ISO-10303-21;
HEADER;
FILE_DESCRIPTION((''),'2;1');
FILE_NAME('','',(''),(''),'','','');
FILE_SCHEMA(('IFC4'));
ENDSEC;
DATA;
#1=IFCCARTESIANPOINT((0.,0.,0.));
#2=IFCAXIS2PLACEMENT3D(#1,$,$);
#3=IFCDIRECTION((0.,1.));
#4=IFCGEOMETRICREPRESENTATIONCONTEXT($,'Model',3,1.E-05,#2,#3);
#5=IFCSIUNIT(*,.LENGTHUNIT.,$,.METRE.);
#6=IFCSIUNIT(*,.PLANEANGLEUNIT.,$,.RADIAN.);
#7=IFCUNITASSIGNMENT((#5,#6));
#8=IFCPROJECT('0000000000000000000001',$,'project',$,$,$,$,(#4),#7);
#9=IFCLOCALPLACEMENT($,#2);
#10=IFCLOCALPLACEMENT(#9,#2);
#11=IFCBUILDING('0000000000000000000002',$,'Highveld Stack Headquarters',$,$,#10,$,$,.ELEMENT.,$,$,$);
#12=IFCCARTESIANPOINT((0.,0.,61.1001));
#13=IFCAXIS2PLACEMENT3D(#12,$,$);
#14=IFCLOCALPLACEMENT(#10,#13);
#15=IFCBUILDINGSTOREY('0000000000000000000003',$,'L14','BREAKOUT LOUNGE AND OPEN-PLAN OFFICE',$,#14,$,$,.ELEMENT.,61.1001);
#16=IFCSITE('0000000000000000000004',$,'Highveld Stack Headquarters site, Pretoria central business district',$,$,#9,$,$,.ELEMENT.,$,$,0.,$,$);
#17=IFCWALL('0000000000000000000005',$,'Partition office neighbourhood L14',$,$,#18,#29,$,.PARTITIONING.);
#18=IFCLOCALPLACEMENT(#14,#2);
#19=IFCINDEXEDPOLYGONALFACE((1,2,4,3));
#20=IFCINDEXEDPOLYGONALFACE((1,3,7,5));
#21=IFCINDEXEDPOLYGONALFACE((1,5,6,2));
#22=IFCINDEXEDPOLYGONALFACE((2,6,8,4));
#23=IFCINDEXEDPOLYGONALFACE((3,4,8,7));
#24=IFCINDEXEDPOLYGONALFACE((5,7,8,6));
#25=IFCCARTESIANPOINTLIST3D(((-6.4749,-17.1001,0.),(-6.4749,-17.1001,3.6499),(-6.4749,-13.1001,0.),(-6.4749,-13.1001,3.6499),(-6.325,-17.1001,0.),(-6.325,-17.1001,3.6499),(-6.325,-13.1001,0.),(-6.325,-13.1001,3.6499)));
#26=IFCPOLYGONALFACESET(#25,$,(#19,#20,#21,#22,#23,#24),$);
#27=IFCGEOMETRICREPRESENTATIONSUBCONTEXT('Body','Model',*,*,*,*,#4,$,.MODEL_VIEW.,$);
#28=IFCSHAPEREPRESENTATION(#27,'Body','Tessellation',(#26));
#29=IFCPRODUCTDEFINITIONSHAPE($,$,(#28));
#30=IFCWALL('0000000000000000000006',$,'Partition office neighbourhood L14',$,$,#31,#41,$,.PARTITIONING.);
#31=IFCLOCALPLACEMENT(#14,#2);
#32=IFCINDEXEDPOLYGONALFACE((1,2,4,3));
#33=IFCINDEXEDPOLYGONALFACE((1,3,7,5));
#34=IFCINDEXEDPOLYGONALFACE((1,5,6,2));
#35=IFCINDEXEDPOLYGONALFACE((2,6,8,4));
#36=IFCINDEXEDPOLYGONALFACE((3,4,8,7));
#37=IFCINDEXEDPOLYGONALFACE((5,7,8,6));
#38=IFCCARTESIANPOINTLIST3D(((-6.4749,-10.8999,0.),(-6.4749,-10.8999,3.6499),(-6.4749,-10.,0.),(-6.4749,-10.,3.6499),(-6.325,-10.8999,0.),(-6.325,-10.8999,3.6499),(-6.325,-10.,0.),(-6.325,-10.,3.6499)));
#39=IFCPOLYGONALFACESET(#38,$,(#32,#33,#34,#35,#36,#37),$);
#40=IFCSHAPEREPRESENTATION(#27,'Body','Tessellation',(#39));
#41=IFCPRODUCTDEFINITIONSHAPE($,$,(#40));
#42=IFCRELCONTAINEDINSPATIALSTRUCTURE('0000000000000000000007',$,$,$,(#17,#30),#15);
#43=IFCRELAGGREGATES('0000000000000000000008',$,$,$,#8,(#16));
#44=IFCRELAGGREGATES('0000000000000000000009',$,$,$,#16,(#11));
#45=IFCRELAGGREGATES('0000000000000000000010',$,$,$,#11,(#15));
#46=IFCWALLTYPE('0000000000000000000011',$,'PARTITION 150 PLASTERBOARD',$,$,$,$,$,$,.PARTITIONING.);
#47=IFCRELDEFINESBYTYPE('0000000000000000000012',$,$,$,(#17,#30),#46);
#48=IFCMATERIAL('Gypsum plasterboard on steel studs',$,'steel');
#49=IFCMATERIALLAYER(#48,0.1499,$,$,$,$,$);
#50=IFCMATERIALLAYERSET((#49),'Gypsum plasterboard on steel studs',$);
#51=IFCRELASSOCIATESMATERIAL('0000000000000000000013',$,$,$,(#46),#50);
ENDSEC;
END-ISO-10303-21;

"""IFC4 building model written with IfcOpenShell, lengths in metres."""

from ifc_helpers import new_model, si_unit, direction, frame, frame_2d, origin, place, context, subcontext, project, spatial, rectangle, extrude, material, layer, layer_set, type_object, element, save


model = new_model("IFC4")

# Units and contexts
model_context = context("Model", 3, precision=1e-05, world=origin(), true_north=direction((0.0, 1.0)))
body_context = subcontext(model_context, "Body", "Model", "MODEL_VIEW")
ifc_project = project(units=[si_unit("LENGTHUNIT", "METRE"), si_unit("PLANEANGLEUNIT", "RADIAN")], contexts=[model_context])

# Site, building, storey
site_placement = place(None, origin())
site = spatial("IfcSite", under=ifc_project, at=site_placement, Name="Highveld Stack Headquarters site, Pretoria central business district", CompositionType="ELEMENT", RefElevation=0.0)
building_placement = place(site_placement, origin())
building = spatial("IfcBuilding", under=site, at=building_placement, Name="Highveld Stack Headquarters", CompositionType="ELEMENT")
storey_placement = place(building_placement, frame((0.0, 0.0, 61.1001)))
storey = spatial("IfcBuildingStorey", under=building, at=storey_placement, Name="L14", Description="BREAKOUT LOUNGE AND OPEN-PLAN OFFICE", CompositionType="ELEMENT", Elevation=61.1001)

# Shared definitions
ifc_material_1 = material(Name="Gypsum plasterboard on steel studs", Category="steel")
ifc_layer_1 = layer(ifc_material_1, 0.1499)
ifc_layer_set_1 = layer_set([ifc_layer_1], Name="Gypsum plasterboard on steel studs")
wall_type_1 = type_object("IfcWallType", Name="PARTITION 150 PLASTERBOARD", PredefinedType="PARTITIONING", material=ifc_layer_set_1)

# Walls
wall_1_placement = place(storey_placement, frame((-6.3999, -17.1001, 0.0), z_axis=(0.0, 0.0, 1.0), x_axis=(0.0, 1.0, 0.0)))
element("IfcWall", 1, at=wall_1_placement, inside=storey, type_object=wall_type_1, Name="Partition office neighbourhood L14", PredefinedType="PARTITIONING", context=body_context, shape_type="SweptSolid", body=[
    extrude(rectangle(XDim=4.0, YDim=0.1499, at=frame_2d((2.0, 0.0))), origin(), (0.0, 0.0, 1.0), 3.6499),
])
wall_2_placement = place(storey_placement, frame((-6.3999, -10.8999, 0.0), z_axis=(0.0, 0.0, 1.0), x_axis=(0.0, 1.0, 0.0)))
element("IfcWall", 2, at=wall_2_placement, inside=storey, type_object=wall_type_1, Name="Partition office neighbourhood L14", PredefinedType="PARTITIONING", context=body_context, shape_type="SweptSolid", body=[
    extrude(rectangle(XDim=0.8999, YDim=0.1499, at=frame_2d((0.45, 0.0))), origin(), (0.0, 0.0, 1.0), 3.6499),
])

save(model, "model.ifc")
